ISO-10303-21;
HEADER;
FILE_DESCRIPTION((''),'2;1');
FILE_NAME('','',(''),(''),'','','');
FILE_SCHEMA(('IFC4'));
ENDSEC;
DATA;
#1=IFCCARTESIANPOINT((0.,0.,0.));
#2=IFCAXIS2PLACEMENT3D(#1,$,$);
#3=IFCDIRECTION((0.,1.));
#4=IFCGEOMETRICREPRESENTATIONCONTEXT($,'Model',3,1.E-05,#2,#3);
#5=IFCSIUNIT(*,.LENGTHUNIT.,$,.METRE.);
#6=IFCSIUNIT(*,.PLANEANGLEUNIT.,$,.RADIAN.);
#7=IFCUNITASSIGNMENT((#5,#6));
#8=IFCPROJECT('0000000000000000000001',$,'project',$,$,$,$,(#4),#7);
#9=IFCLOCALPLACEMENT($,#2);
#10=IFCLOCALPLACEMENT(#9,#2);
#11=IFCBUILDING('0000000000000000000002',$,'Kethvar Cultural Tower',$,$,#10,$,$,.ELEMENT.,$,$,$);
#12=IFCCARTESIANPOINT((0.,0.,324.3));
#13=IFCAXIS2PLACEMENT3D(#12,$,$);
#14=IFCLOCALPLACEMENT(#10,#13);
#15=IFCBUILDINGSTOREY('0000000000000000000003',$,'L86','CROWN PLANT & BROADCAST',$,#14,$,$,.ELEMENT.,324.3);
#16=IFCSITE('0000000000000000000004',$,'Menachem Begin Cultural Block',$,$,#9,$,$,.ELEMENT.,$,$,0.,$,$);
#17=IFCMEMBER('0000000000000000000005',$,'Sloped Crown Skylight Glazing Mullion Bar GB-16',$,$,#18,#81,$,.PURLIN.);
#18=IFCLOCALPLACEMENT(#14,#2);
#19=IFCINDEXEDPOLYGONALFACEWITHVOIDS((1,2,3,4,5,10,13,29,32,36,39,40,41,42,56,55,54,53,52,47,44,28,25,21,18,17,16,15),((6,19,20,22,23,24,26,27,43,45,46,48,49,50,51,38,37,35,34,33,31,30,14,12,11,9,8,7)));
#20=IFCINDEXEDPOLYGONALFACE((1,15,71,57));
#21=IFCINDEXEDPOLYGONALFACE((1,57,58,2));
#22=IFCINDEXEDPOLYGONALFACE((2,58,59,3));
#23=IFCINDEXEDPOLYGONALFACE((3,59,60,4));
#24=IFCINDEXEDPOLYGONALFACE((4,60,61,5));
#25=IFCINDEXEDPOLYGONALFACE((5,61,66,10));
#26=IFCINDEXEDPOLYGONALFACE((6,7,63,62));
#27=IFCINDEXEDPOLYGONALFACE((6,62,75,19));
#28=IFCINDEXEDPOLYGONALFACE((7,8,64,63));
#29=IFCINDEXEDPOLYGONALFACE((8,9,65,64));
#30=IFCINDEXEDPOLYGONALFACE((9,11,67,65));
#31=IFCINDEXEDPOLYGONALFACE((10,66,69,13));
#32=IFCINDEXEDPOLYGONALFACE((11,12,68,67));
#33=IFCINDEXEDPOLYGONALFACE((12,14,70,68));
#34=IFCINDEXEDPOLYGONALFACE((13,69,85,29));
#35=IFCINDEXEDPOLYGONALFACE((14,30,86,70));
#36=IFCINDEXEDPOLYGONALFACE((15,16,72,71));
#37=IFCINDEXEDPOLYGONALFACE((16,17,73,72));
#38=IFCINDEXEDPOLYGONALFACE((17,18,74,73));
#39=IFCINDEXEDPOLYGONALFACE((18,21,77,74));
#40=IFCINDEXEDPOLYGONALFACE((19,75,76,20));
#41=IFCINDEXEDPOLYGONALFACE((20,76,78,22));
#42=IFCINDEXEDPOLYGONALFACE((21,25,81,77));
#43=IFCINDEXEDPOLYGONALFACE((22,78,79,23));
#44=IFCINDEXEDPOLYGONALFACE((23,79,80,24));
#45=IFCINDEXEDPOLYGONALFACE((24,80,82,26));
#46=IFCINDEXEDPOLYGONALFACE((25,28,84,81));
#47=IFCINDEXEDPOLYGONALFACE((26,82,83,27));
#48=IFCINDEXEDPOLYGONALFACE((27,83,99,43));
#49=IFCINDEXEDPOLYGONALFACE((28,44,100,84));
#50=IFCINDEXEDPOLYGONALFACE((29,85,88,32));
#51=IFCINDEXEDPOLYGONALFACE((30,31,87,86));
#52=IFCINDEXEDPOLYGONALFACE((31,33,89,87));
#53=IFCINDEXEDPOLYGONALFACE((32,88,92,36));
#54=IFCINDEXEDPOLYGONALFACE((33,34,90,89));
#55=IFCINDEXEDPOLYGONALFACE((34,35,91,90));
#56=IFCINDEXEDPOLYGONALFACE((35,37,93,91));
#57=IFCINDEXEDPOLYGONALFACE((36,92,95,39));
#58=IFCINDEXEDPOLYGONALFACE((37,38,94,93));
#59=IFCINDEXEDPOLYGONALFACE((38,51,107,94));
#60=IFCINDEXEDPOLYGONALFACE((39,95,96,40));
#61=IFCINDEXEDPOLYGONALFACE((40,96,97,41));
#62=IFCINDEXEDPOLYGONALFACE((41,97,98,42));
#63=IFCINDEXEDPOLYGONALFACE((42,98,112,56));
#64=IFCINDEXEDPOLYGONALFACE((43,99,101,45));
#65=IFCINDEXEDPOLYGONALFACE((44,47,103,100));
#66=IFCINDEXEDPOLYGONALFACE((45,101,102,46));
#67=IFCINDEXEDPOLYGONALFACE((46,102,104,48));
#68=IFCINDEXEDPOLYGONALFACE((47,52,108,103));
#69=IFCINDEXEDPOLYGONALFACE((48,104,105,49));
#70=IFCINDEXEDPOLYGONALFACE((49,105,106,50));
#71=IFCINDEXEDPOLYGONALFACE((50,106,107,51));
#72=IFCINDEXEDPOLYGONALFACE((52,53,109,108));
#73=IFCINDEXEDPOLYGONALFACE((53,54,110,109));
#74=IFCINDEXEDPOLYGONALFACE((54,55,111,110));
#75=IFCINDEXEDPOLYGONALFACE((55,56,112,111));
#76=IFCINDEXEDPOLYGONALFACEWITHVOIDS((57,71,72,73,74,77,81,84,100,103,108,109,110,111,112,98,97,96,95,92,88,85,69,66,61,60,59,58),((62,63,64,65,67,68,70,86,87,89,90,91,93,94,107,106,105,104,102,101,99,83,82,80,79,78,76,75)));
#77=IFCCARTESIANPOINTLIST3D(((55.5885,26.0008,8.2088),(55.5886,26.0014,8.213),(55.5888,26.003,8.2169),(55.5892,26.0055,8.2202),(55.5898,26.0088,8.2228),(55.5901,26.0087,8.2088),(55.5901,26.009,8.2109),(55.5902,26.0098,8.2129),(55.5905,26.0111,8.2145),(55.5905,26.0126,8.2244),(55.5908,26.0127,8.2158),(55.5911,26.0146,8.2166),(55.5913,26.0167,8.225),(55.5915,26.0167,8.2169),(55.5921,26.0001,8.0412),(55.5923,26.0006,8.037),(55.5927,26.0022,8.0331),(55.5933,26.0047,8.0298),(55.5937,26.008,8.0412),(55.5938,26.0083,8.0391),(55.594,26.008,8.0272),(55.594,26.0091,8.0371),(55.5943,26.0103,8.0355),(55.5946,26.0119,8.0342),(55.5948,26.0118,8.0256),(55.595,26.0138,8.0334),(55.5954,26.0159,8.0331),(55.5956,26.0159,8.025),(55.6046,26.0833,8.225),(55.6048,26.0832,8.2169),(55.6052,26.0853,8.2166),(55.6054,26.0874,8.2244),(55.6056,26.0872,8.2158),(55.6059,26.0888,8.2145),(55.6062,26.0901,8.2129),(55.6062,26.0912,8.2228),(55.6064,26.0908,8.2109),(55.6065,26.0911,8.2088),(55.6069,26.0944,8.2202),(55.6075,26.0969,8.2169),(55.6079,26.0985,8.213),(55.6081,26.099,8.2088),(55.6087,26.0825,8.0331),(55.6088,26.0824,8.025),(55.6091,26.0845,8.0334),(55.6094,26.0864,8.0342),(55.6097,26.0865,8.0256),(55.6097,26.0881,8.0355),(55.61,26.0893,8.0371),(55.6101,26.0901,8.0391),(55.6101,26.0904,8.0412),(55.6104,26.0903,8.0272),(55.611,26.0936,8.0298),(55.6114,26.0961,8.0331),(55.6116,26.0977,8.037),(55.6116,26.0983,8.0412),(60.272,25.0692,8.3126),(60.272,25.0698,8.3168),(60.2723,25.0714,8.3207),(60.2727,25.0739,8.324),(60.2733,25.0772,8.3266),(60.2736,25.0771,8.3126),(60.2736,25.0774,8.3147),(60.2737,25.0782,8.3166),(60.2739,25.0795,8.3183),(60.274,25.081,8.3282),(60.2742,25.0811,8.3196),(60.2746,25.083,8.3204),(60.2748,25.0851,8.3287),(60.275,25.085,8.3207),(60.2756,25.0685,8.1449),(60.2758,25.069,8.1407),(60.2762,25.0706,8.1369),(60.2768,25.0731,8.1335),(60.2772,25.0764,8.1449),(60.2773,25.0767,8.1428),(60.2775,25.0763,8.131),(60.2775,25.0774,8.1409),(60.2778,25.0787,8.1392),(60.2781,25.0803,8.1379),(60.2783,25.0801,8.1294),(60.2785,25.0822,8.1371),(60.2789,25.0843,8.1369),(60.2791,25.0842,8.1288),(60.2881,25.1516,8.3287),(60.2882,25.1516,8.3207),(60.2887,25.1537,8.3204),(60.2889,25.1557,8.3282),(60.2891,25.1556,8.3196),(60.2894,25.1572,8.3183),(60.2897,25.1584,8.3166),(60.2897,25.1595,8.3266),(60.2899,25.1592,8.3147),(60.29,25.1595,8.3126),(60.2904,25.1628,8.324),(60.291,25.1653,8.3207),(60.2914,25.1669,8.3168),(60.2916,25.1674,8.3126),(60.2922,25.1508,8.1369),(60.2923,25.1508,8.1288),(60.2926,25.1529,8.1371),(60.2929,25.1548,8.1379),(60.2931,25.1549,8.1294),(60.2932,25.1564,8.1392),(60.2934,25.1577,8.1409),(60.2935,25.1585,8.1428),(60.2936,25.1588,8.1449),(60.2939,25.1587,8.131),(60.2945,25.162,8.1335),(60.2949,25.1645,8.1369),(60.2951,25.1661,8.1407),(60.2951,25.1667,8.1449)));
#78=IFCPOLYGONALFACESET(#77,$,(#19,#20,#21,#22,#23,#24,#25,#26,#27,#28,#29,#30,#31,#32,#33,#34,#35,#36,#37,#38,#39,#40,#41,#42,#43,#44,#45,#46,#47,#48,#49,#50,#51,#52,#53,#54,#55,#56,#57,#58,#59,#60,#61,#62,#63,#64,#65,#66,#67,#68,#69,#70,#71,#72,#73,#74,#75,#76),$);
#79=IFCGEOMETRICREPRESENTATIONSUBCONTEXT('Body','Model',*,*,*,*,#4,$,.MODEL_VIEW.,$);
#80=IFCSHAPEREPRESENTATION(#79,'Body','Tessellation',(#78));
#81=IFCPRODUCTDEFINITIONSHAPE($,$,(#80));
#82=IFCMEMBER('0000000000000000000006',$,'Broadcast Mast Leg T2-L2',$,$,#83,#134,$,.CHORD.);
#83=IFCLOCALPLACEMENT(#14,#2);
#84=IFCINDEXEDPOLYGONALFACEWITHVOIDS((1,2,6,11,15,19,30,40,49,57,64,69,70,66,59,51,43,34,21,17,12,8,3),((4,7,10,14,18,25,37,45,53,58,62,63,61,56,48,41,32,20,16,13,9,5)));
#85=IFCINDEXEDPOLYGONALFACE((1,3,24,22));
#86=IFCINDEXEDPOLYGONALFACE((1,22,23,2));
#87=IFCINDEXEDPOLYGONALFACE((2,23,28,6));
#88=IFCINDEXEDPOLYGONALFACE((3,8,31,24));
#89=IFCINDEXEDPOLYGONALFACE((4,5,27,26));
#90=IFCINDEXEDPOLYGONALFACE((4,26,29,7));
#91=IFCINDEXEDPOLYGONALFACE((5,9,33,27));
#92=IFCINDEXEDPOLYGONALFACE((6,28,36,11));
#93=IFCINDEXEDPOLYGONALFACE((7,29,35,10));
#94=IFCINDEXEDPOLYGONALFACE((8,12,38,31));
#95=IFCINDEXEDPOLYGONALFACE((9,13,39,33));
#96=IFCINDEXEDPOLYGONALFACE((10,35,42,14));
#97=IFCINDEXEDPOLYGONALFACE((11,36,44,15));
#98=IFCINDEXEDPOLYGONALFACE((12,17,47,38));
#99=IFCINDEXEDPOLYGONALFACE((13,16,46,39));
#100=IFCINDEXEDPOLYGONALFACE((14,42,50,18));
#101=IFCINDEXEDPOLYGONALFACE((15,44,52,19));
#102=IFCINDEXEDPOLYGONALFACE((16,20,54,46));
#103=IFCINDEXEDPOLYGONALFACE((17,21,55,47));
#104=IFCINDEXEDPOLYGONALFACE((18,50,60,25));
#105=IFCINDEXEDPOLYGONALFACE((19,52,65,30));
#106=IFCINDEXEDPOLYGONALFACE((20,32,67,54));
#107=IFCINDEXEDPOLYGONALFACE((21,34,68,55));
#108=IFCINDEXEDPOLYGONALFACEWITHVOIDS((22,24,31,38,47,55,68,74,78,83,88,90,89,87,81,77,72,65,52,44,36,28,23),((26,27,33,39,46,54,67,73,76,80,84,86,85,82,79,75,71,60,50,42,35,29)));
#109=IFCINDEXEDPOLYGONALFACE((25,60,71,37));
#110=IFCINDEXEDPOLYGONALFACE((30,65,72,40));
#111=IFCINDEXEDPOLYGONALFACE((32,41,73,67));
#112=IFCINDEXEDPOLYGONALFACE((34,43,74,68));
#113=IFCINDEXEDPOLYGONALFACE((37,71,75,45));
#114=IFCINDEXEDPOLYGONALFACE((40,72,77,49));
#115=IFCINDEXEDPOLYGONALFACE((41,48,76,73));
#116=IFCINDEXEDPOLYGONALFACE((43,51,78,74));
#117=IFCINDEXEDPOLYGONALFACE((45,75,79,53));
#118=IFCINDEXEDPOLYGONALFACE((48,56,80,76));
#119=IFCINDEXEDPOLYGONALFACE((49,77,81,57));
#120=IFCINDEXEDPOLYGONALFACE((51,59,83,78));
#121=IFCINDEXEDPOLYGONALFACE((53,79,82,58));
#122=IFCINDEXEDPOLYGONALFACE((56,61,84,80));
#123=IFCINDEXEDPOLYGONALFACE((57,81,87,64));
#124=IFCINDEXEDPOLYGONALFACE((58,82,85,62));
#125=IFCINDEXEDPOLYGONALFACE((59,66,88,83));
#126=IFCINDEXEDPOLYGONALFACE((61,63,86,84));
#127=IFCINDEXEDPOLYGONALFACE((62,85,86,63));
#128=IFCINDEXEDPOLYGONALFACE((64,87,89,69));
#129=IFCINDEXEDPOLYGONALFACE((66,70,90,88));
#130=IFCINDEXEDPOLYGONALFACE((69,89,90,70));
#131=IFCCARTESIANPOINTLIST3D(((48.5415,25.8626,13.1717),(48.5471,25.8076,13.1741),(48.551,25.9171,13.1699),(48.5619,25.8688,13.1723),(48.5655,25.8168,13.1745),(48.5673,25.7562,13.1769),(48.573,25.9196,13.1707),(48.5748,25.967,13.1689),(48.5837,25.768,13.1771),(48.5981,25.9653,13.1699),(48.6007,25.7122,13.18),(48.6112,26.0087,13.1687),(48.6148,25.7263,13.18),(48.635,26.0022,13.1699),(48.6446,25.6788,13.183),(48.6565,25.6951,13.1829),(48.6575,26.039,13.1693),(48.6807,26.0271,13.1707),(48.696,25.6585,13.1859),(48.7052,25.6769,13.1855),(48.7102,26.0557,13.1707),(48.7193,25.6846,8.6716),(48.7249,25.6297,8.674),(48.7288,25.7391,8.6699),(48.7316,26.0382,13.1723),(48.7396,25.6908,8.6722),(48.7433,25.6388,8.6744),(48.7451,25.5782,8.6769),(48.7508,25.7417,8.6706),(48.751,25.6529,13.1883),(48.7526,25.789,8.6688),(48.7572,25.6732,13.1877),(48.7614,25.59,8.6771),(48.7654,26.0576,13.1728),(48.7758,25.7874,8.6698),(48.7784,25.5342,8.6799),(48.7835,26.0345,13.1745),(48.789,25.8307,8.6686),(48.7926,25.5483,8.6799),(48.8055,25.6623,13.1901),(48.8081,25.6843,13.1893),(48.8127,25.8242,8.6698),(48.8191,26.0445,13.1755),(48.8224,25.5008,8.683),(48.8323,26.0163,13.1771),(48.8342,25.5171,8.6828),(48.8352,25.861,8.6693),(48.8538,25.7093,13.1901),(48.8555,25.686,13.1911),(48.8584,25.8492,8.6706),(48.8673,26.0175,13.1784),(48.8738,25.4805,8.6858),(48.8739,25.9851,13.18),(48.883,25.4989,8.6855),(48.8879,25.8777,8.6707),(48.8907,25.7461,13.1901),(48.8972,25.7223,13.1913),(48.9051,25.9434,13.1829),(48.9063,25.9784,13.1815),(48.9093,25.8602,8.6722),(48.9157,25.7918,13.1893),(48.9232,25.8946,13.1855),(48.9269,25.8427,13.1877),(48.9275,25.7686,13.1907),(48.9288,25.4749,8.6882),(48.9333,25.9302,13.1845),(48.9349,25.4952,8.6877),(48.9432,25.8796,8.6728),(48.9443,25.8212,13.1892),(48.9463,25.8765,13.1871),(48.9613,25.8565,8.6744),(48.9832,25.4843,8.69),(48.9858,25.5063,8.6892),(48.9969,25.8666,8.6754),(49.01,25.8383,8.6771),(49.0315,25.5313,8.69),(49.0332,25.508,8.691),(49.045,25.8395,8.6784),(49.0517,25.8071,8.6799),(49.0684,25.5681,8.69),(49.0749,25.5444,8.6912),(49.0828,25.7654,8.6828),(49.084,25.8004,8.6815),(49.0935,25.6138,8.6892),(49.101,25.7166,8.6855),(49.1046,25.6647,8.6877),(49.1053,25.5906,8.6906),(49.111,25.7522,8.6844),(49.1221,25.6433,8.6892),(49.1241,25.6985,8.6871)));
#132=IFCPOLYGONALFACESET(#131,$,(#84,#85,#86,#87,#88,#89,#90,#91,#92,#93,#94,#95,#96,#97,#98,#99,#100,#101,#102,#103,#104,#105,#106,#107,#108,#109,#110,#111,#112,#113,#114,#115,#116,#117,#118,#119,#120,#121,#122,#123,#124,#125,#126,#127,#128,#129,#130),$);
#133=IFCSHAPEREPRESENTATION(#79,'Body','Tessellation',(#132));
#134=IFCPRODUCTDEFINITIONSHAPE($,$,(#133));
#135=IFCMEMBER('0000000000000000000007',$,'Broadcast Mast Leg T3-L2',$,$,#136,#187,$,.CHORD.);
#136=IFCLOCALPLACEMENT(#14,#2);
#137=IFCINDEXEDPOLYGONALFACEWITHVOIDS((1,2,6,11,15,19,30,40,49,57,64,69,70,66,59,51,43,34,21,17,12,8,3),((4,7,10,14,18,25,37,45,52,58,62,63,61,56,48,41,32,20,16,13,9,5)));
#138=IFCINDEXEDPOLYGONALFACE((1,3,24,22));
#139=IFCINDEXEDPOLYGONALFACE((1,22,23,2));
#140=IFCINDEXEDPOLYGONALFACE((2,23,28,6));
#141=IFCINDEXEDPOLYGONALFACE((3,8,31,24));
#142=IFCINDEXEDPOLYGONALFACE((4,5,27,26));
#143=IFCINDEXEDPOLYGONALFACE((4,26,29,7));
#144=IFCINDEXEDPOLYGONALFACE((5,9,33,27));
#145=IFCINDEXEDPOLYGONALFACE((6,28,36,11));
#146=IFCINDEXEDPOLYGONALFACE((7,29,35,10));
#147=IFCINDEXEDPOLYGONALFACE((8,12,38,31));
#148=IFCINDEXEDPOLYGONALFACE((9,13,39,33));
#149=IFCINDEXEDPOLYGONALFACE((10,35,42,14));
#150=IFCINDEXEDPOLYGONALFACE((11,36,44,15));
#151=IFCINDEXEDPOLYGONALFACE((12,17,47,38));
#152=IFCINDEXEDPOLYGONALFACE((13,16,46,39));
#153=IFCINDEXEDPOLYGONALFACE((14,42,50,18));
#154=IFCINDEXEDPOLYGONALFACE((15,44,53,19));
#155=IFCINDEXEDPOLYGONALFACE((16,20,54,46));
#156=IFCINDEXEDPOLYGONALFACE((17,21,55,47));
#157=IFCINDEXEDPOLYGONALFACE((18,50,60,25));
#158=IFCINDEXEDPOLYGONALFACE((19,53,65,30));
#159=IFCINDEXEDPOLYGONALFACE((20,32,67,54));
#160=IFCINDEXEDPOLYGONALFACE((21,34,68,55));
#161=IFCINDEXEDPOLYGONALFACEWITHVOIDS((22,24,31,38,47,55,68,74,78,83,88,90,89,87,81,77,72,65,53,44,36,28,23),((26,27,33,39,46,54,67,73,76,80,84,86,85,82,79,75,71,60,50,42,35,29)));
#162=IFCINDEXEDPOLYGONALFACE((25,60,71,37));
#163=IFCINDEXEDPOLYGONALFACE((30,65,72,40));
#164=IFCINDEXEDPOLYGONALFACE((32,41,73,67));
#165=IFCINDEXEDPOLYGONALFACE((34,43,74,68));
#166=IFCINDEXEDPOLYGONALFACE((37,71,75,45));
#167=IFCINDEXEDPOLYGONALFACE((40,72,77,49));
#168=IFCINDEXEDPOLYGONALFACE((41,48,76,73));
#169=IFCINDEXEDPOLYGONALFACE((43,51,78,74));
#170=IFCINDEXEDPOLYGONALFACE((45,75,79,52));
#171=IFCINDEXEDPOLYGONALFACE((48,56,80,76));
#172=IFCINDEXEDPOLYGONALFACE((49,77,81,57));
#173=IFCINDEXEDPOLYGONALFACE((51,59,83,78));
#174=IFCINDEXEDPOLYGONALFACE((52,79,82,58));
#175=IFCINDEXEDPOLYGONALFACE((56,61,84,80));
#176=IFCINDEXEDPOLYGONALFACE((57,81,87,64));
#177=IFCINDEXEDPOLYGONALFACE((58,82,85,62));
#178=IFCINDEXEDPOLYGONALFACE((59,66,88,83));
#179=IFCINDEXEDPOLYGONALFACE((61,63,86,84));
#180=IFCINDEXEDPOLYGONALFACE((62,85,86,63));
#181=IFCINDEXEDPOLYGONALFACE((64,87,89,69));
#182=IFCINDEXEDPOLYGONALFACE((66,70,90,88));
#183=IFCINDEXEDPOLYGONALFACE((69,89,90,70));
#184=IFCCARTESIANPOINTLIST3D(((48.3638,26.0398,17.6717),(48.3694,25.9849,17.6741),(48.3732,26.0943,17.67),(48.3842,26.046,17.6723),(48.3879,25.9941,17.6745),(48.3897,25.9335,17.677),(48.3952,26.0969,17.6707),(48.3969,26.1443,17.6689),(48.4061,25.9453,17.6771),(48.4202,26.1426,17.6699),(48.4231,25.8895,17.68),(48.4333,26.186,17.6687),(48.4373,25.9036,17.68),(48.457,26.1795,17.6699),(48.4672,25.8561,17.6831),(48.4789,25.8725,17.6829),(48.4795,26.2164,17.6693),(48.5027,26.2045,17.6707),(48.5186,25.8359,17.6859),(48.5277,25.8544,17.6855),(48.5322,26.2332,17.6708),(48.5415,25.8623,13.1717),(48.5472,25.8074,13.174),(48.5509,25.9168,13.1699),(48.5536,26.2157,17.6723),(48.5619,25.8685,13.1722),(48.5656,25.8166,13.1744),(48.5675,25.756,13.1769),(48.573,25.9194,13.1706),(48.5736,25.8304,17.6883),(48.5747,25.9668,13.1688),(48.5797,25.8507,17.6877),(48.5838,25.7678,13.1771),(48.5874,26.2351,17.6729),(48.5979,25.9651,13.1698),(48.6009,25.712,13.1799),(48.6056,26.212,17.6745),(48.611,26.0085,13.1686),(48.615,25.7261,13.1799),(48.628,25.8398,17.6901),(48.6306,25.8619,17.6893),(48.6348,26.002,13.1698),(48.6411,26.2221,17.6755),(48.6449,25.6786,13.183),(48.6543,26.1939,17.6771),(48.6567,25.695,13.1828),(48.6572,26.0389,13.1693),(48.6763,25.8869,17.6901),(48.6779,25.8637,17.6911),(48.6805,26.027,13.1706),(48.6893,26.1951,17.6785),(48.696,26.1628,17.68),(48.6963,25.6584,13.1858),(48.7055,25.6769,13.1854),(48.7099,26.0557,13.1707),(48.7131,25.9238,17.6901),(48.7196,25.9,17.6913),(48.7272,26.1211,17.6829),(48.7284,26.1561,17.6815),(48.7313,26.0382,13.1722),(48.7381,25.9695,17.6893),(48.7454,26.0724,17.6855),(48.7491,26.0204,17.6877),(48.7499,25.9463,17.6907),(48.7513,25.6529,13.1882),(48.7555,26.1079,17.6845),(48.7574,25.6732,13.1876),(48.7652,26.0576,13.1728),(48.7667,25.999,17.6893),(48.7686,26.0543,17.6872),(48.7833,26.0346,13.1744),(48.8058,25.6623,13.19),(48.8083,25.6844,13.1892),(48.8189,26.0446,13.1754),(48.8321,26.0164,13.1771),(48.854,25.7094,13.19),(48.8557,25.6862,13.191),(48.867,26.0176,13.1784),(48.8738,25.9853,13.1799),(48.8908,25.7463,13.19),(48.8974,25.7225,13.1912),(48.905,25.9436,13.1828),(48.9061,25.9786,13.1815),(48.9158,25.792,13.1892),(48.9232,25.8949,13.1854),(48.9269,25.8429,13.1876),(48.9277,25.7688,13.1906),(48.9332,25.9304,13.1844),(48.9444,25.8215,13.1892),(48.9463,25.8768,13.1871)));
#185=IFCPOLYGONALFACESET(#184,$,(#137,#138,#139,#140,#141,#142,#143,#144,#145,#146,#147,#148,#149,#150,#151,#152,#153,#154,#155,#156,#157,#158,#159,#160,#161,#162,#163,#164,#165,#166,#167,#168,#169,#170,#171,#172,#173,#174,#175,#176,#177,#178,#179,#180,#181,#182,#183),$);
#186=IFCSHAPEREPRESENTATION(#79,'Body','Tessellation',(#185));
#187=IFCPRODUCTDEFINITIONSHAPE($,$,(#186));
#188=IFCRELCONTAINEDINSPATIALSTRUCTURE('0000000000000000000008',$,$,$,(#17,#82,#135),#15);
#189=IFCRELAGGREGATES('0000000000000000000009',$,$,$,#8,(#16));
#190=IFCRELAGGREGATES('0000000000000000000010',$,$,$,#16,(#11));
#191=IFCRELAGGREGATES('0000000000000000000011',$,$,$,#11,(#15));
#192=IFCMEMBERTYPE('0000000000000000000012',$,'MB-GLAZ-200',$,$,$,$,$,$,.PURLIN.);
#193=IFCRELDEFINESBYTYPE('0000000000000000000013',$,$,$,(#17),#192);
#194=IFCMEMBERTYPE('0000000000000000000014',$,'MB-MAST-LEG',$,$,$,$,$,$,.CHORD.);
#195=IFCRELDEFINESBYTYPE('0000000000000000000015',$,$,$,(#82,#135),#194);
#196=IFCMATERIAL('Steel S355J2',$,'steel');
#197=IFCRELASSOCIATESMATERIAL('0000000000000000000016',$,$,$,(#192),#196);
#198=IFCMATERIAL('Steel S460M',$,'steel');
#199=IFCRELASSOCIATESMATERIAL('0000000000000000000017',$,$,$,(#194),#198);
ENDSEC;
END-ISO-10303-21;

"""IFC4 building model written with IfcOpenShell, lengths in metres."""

from ifc_helpers import new_model, si_unit, direction, frame, origin, origin_2d, place, context, subcontext, project, spatial, hollow_rectangle, hollow_circle, extrude, source, transform, mapped, material, material_profile, profile_set, type_object, element, save


model = new_model("IFC4")

# Units and contexts
model_context = context("Model", 3, precision=1e-05, world=origin(), true_north=direction((0.0, 1.0)))
body_context = subcontext(model_context, "Body", "Model", "MODEL_VIEW")
ifc_project = project(units=[si_unit("LENGTHUNIT", "METRE"), si_unit("PLANEANGLEUNIT", "RADIAN")], contexts=[model_context])

# Site, building, storey
site_placement = place(None, origin())
site = spatial("IfcSite", under=ifc_project, at=site_placement, Name="Menachem Begin Cultural Block", CompositionType="ELEMENT", RefElevation=0.0)
building_placement = place(site_placement, origin())
building = spatial("IfcBuilding", under=site, at=building_placement, Name="Kethvar Cultural Tower", CompositionType="ELEMENT")
storey_placement = place(building_placement, frame((0.0, 0.0, 324.3)))
storey = spatial("IfcBuildingStorey", under=building, at=storey_placement, Name="L86", Description="CROWN PLANT & BROADCAST", CompositionType="ELEMENT", Elevation=324.3)

# Shared definitions
ifc_material_1 = material(Name="Steel S355J2", Category="steel")

# Members
ifc_material_profile_1 = material_profile(ifc_material_1, hollow_rectangle(XDim=0.1001, YDim=0.2, WallThickness=0.0081, InnerFilletRadius=0.0081, OuterFilletRadius=0.0161, at=origin_2d()), Name="Steel S355J2 — RHS200x100x8")
ifc_profile_set_1 = profile_set([ifc_material_profile_1], Name="Steel S355J2 — RHS200x100x8")
member_type_1 = type_object("IfcMemberType", Name="MB-GLAZ-200", PredefinedType="PURLIN", material=ifc_profile_set_1)
shared_shape_1 = source(origin(), body_context, "Body", "SweptSolid", [
    extrude(hollow_rectangle(XDim=0.1001, YDim=0.2, WallThickness=0.0081, InnerFilletRadius=0.0081, OuterFilletRadius=0.0161, at=origin_2d()), origin(), (0.0, 0.0, 1.0), 4.7764),
])
member_1_placement = place(storey_placement, frame((55.6001, 26.0496, 8.125), z_axis=(0.980553, -0.195047, 0.021723), x_axis=(0.195094, 0.980785, 0.0)))
element("IfcMember", 1, at=member_1_placement, inside=storey, type_object=member_type_1, Name="Sloped Crown Skylight Glazing Mullion Bar GB-16", PredefinedType="PURLIN", context=body_context, shape_type="MappedRepresentation", body=[
    mapped(shared_shape_1, transform((0.0, 0.0, 0.0), scale=1.0)),
])
ifc_material_2 = material(Name="Steel S460M", Category="steel")
ifc_material_profile_2 = material_profile(ifc_material_2, hollow_circle(Radius=0.2031, WallThickness=0.02, at=origin_2d()), Name="Steel S460M — CHS406x20")
ifc_profile_set_2 = profile_set([ifc_material_profile_2], Name="Steel S460M — CHS406x20")
member_type_2 = type_object("IfcMemberType", Name="MB-MAST-LEG", PredefinedType="CHORD", material=ifc_profile_set_2)
shared_shape_2 = source(origin(), body_context, "Body", "SweptSolid", [
    extrude(hollow_circle(Radius=0.2031, WallThickness=0.02, at=origin_2d()), origin(), (0.0, 0.0, 1.0), 4.5071),
])
for number, where, z_axis, x_axis, name in (
    (2, (48.9221, 25.6777, 8.6799), (-0.039435, 0.039489, 0.998442), (-0.707592, -0.706621, 0.0), "Broadcast Mast Leg T2-L2"),
    (3, (48.7444, 25.8557, 13.1799), (-0.039435, 0.039381, 0.998446), (-0.706621, -0.707593, 0.0), "Broadcast Mast Leg T3-L2"),
):
    element("IfcMember", number, at=place(storey_placement, frame(where, z_axis=z_axis, x_axis=x_axis)), inside=storey, type_object=member_type_2, Name=name, PredefinedType="CHORD", context=body_context, shape_type="MappedRepresentation", body=[
        mapped(shared_shape_2, transform((0.0, 0.0, 0.0), scale=1.0)),
    ])

save(model, "model.ifc")
